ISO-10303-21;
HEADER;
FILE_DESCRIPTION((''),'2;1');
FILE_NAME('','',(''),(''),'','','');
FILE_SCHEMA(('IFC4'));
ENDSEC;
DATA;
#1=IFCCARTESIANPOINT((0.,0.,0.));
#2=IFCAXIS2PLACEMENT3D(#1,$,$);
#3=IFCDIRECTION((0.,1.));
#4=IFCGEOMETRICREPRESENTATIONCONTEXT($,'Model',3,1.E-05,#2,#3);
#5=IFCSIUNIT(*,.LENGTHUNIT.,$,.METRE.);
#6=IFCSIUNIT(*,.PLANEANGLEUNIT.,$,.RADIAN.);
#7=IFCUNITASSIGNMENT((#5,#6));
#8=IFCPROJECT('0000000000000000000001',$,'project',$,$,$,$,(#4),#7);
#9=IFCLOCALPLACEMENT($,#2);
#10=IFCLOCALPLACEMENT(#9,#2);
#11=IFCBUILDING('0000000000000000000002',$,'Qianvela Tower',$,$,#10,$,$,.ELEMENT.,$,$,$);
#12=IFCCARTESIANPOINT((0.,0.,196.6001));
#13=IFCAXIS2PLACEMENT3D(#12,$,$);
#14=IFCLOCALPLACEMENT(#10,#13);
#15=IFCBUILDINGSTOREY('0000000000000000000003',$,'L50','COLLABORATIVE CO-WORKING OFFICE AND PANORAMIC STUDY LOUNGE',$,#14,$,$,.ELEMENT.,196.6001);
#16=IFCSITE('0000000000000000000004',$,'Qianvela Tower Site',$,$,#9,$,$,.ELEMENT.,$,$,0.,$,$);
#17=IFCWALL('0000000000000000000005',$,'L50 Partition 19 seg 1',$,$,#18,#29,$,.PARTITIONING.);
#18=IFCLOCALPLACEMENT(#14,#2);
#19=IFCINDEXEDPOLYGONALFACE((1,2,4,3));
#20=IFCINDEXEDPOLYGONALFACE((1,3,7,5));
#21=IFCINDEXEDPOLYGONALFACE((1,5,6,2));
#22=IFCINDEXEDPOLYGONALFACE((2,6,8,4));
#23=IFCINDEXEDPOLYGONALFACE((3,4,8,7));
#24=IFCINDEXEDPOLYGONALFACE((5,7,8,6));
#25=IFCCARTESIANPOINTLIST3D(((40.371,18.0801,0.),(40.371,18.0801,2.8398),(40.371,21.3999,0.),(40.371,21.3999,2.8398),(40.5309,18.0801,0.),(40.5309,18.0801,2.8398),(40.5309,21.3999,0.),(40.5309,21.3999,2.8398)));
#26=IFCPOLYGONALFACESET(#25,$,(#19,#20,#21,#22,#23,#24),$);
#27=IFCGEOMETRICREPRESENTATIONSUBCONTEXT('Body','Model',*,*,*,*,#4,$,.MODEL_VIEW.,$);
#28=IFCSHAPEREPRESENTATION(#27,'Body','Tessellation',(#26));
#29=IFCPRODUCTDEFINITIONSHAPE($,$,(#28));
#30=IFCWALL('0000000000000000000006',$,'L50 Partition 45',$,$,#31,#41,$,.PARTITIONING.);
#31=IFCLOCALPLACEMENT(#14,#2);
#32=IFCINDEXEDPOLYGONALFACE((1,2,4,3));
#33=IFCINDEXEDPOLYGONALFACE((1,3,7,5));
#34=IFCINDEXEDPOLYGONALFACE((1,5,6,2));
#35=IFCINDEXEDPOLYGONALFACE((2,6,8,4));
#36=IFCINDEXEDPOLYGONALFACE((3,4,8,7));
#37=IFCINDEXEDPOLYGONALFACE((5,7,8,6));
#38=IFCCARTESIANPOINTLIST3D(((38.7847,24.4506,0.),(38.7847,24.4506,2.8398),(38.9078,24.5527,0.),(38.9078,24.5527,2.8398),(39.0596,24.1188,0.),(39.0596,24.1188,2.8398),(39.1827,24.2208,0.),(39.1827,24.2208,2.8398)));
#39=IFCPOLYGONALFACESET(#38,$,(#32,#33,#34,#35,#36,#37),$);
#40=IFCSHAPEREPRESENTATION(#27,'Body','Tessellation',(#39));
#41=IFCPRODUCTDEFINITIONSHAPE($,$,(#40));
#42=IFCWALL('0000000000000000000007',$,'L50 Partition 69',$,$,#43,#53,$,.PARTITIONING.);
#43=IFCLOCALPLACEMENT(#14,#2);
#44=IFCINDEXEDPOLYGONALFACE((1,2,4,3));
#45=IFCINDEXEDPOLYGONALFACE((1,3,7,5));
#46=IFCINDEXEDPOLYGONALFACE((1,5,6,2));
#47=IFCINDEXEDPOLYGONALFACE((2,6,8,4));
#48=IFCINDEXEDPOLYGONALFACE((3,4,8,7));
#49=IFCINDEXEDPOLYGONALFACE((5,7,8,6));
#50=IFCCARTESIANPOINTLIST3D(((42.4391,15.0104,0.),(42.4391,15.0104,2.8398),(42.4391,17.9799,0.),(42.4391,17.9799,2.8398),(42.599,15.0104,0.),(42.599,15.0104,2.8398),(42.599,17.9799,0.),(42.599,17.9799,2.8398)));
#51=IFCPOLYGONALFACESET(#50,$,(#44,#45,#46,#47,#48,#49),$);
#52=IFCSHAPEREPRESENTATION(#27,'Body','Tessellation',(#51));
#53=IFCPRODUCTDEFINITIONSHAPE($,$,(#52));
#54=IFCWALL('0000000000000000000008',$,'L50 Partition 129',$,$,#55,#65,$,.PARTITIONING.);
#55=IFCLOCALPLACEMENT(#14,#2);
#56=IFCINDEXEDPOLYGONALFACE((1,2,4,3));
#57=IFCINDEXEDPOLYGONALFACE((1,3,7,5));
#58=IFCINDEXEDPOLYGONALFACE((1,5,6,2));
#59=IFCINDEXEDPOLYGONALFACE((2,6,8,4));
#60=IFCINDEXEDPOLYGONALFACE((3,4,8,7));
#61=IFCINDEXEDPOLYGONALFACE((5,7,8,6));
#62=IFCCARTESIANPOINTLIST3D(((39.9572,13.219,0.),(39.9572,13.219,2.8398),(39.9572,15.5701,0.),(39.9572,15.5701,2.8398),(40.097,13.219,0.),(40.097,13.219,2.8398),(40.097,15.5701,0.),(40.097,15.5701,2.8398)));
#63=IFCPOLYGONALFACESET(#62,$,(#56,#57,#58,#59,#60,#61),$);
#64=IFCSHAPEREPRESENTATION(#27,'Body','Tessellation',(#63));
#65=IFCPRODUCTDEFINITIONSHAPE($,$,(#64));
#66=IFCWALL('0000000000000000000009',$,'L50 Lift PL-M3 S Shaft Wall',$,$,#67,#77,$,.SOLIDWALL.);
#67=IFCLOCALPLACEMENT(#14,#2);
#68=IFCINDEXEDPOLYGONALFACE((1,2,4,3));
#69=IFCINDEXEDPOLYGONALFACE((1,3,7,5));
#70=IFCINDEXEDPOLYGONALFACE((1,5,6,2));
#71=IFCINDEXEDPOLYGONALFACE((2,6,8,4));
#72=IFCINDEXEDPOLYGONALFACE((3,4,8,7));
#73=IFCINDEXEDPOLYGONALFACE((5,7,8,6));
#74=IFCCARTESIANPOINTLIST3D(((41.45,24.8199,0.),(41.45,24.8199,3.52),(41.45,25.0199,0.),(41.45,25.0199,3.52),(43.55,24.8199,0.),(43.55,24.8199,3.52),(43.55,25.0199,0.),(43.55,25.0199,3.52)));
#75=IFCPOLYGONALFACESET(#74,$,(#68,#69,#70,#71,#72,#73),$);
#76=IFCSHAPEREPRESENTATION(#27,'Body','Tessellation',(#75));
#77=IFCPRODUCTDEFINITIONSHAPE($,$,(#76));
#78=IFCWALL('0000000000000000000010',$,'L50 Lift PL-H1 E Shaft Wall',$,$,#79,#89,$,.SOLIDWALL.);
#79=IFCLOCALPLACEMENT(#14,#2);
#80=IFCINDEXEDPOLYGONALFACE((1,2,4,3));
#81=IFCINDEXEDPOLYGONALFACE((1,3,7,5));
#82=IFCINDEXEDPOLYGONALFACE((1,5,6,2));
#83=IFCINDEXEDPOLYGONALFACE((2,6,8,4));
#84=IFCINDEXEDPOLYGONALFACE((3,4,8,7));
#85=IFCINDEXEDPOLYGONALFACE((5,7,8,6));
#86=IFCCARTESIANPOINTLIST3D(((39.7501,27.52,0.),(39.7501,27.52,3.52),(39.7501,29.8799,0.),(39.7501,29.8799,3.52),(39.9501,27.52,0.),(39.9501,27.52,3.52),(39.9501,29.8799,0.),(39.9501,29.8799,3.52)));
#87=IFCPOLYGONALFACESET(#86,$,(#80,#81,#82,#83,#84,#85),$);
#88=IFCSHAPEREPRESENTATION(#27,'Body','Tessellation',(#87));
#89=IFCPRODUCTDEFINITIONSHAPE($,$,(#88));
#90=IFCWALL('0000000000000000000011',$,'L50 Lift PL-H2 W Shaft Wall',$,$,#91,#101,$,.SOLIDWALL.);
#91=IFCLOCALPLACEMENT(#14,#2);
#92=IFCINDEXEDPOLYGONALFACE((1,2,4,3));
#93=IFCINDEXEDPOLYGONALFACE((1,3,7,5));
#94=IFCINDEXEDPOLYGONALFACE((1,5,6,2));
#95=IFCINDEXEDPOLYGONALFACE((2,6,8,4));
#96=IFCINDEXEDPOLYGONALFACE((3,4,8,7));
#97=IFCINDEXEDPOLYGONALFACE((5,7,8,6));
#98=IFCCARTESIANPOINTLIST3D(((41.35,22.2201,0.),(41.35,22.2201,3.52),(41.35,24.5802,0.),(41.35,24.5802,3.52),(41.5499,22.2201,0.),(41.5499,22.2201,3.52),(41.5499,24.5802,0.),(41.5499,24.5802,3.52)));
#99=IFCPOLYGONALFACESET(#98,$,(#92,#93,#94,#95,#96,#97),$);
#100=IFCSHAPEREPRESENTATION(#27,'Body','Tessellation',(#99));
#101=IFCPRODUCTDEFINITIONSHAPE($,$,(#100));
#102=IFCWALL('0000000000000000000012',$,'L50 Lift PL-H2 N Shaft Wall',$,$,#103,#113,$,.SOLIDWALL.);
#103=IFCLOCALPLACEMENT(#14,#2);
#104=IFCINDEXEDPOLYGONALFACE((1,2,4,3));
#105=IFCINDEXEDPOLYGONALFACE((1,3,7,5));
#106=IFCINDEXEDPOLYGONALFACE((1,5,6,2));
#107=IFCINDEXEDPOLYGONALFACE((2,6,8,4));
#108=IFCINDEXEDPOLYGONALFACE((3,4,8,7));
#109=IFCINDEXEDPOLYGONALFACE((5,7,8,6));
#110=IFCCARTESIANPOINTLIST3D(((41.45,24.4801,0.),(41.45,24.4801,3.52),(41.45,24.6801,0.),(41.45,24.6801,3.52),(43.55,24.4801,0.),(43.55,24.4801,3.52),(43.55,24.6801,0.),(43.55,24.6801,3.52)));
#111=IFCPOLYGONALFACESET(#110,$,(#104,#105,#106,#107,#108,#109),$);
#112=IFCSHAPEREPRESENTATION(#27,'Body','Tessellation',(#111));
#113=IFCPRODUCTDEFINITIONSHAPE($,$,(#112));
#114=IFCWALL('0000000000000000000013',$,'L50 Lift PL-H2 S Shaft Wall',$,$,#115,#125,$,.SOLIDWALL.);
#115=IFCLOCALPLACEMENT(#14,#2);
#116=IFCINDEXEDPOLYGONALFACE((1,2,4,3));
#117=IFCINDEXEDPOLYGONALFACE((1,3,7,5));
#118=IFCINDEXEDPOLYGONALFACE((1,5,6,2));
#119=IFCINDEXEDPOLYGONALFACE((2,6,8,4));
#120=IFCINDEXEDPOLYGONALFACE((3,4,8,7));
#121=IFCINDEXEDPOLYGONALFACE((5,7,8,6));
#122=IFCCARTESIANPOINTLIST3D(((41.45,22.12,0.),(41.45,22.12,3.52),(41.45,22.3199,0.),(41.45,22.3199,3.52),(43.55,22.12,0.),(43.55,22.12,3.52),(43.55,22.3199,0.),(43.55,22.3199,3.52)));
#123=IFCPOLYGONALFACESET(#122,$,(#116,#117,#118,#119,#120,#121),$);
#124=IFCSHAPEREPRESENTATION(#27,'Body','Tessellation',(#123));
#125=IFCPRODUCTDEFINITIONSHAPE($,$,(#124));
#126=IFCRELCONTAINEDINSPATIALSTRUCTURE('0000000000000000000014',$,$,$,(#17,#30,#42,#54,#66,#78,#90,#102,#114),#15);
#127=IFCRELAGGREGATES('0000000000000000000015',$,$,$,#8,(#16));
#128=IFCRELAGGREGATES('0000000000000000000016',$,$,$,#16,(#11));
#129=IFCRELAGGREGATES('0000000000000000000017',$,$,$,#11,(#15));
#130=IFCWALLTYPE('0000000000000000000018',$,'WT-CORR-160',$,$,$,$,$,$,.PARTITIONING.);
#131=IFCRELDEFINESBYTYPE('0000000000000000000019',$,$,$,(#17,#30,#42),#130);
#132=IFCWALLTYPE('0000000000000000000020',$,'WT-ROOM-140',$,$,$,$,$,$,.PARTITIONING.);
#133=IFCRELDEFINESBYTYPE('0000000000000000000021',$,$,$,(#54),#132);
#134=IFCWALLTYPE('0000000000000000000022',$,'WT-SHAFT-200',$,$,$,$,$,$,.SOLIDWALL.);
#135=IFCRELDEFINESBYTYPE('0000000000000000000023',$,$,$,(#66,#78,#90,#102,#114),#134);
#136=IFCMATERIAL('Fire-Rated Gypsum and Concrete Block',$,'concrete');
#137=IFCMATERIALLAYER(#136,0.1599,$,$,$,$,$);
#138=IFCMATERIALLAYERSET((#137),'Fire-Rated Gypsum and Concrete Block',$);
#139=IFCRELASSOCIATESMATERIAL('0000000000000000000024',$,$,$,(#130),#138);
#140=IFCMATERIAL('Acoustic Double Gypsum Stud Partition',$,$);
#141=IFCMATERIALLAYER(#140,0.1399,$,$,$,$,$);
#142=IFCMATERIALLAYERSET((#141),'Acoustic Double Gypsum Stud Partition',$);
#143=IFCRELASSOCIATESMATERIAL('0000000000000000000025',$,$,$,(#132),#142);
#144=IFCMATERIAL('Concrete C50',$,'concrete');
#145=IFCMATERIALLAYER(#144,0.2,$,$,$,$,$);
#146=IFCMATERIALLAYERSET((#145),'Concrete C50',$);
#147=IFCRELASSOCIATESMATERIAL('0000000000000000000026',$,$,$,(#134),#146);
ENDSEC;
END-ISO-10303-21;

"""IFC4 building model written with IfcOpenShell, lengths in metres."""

from ifc_helpers import new_model, si_unit, direction, frame, frame_2d, origin, place, context, subcontext, project, spatial, rectangle, extrude, material, layer, layer_set, type_object, element, save


model = new_model("IFC4")

# Units and contexts
model_context = context("Model", 3, precision=1e-05, world=origin(), true_north=direction((0.0, 1.0)))
body_context = subcontext(model_context, "Body", "Model", "MODEL_VIEW")
ifc_project = project(units=[si_unit("LENGTHUNIT", "METRE"), si_unit("PLANEANGLEUNIT", "RADIAN")], contexts=[model_context])

# Site, building, storey
site_placement = place(None, origin())
site = spatial("IfcSite", under=ifc_project, at=site_placement, Name="Qianvela Tower Site", CompositionType="ELEMENT", RefElevation=0.0)
building_placement = place(site_placement, origin())
building = spatial("IfcBuilding", under=site, at=building_placement, Name="Qianvela Tower", CompositionType="ELEMENT")
storey_placement = place(building_placement, frame((0.0, 0.0, 196.6001)))
storey = spatial("IfcBuildingStorey", under=building, at=storey_placement, Name="L50", Description="COLLABORATIVE CO-WORKING OFFICE AND PANORAMIC STUDY LOUNGE", CompositionType="ELEMENT", Elevation=196.6001)

# Shared definitions
ifc_material_1 = material(Name="Fire-Rated Gypsum and Concrete Block", Category="concrete")
ifc_layer_1 = layer(ifc_material_1, 0.1599)
ifc_layer_set_1 = layer_set([ifc_layer_1], Name="Fire-Rated Gypsum and Concrete Block")
wall_type_1 = type_object("IfcWallType", Name="WT-CORR-160", PredefinedType="PARTITIONING", material=ifc_layer_set_1)

# Walls
wall_1_placement = place(storey_placement, frame((40.4509, 18.0801, 0.0), z_axis=(0.0, 0.0, 1.0), x_axis=(0.0, 1.0, 0.0)))
element("IfcWall", 1, at=wall_1_placement, inside=storey, type_object=wall_type_1, Name="L50 Partition 19 seg 1", PredefinedType="PARTITIONING", context=body_context, shape_type="SweptSolid", body=[
    extrude(rectangle(XDim=3.3198, YDim=0.1599, at=frame_2d((1.6599, 0.0))), origin(), (0.0, 0.0, 1.0), 2.8398),
])
wall_2_placement = place(storey_placement, frame((39.1211, 24.1699, 0.0), z_axis=(0.0, 0.0, 1.0), x_axis=(-0.638008, 0.77003, 0.0)))
element("IfcWall", 2, at=wall_2_placement, inside=storey, type_object=wall_type_1, Name="L50 Partition 45", PredefinedType="PARTITIONING", context=body_context, shape_type="SweptSolid", body=[
    extrude(rectangle(XDim=0.4309, YDim=0.1599, at=frame_2d((0.2153, 0.0))), origin(), (0.0, 0.0, 1.0), 2.8398),
])
wall_3_placement = place(storey_placement, frame((42.519, 17.98, 0.0), z_axis=(0.0, 0.0, 1.0), x_axis=(0.0, -1.0, 0.0)))
element("IfcWall", 3, at=wall_3_placement, inside=storey, type_object=wall_type_1, Name="L50 Partition 69", PredefinedType="PARTITIONING", context=body_context, shape_type="SweptSolid", body=[
    extrude(rectangle(XDim=2.9695, YDim=0.1599, at=frame_2d((1.4849, 0.0))), origin(), (0.0, 0.0, 1.0), 2.8398),
])
ifc_material_2 = material(Name="Acoustic Double Gypsum Stud Partition")
ifc_layer_2 = layer(ifc_material_2, 0.1399)
ifc_layer_set_2 = layer_set([ifc_layer_2], Name="Acoustic Double Gypsum Stud Partition")
wall_type_2 = type_object("IfcWallType", Name="WT-ROOM-140", PredefinedType="PARTITIONING", material=ifc_layer_set_2)
wall_4_placement = place(storey_placement, frame((40.0271, 15.5701, 0.0), z_axis=(0.0, 0.0, 1.0), x_axis=(0.0, -1.0, 0.0)))
element("IfcWall", 4, at=wall_4_placement, inside=storey, type_object=wall_type_2, Name="L50 Partition 129", PredefinedType="PARTITIONING", context=body_context, shape_type="SweptSolid", body=[
    extrude(rectangle(XDim=2.3511, YDim=0.1399, at=frame_2d((1.1755, 0.0))), origin(), (0.0, 0.0, 1.0), 2.8398),
])

# Shared definitions
ifc_material_3 = material(Name="Concrete C50", Category="concrete")
ifc_layer_3 = layer(ifc_material_3, 0.2)
ifc_layer_set_3 = layer_set([ifc_layer_3], Name="Concrete C50")
wall_type_3 = type_object("IfcWallType", Name="WT-SHAFT-200", PredefinedType="SOLIDWALL", material=ifc_layer_set_3)

# Walls
wall_5_placement = place(storey_placement, frame((41.45, 24.9199, 0.0), z_axis=(0.0, 0.0, 1.0), x_axis=(1.0, 0.0, 0.0)))
element("IfcWall", 5, at=wall_5_placement, inside=storey, type_object=wall_type_3, Name="L50 Lift PL-M3 S Shaft Wall", PredefinedType="SOLIDWALL", context=body_context, shape_type="SweptSolid", body=[
    extrude(rectangle(XDim=2.1001, YDim=0.2, at=frame_2d((1.05, 0.0))), origin(), (0.0, 0.0, 1.0), 3.52),
])
wall_6_placement = place(storey_placement, frame((39.8501, 27.52, 0.0), z_axis=(0.0, 0.0, 1.0), x_axis=(0.0, 1.0, 0.0)))
element("IfcWall", 6, at=wall_6_placement, inside=storey, type_object=wall_type_3, Name="L50 Lift PL-H1 E Shaft Wall", PredefinedType="SOLIDWALL", context=body_context, shape_type="SweptSolid", body=[
    extrude(rectangle(XDim=2.3599, YDim=0.2, at=frame_2d((1.1799, 0.0))), origin(), (0.0, 0.0, 1.0), 3.52),
])
wall_7_placement = place(storey_placement, frame((41.45, 22.22, 0.0), z_axis=(0.0, 0.0, 1.0), x_axis=(0.0, 1.0, 0.0)))
element("IfcWall", 7, at=wall_7_placement, inside=storey, type_object=wall_type_3, Name="L50 Lift PL-H2 W Shaft Wall", PredefinedType="SOLIDWALL", context=body_context, shape_type="SweptSolid", body=[
    extrude(rectangle(XDim=2.3601, YDim=0.2, at=frame_2d((1.1802, 0.0))), origin(), (0.0, 0.0, 1.0), 3.52),
])
for number, where, z_axis, x_axis, name in (
    (8, (41.45, 24.5801, 0.0), (0.0, 0.0, 1.0), (1.0, 0.0, 0.0), "L50 Lift PL-H2 N Shaft Wall"),
    (9, (41.45, 22.22, 0.0), (0.0, 0.0, 1.0), (1.0, 0.0, 0.0), "L50 Lift PL-H2 S Shaft Wall"),
):
    element("IfcWall", number, at=place(storey_placement, frame(where, z_axis=z_axis, x_axis=x_axis)), inside=storey, type_object=wall_type_3, Name=name, PredefinedType="SOLIDWALL", context=body_context, shape_type="SweptSolid", body=[
        extrude(rectangle(XDim=2.1001, YDim=0.2, at=frame_2d((1.05, 0.0))), origin(), (0.0, 0.0, 1.0), 3.52),
    ])

save(model, "model.ifc")
